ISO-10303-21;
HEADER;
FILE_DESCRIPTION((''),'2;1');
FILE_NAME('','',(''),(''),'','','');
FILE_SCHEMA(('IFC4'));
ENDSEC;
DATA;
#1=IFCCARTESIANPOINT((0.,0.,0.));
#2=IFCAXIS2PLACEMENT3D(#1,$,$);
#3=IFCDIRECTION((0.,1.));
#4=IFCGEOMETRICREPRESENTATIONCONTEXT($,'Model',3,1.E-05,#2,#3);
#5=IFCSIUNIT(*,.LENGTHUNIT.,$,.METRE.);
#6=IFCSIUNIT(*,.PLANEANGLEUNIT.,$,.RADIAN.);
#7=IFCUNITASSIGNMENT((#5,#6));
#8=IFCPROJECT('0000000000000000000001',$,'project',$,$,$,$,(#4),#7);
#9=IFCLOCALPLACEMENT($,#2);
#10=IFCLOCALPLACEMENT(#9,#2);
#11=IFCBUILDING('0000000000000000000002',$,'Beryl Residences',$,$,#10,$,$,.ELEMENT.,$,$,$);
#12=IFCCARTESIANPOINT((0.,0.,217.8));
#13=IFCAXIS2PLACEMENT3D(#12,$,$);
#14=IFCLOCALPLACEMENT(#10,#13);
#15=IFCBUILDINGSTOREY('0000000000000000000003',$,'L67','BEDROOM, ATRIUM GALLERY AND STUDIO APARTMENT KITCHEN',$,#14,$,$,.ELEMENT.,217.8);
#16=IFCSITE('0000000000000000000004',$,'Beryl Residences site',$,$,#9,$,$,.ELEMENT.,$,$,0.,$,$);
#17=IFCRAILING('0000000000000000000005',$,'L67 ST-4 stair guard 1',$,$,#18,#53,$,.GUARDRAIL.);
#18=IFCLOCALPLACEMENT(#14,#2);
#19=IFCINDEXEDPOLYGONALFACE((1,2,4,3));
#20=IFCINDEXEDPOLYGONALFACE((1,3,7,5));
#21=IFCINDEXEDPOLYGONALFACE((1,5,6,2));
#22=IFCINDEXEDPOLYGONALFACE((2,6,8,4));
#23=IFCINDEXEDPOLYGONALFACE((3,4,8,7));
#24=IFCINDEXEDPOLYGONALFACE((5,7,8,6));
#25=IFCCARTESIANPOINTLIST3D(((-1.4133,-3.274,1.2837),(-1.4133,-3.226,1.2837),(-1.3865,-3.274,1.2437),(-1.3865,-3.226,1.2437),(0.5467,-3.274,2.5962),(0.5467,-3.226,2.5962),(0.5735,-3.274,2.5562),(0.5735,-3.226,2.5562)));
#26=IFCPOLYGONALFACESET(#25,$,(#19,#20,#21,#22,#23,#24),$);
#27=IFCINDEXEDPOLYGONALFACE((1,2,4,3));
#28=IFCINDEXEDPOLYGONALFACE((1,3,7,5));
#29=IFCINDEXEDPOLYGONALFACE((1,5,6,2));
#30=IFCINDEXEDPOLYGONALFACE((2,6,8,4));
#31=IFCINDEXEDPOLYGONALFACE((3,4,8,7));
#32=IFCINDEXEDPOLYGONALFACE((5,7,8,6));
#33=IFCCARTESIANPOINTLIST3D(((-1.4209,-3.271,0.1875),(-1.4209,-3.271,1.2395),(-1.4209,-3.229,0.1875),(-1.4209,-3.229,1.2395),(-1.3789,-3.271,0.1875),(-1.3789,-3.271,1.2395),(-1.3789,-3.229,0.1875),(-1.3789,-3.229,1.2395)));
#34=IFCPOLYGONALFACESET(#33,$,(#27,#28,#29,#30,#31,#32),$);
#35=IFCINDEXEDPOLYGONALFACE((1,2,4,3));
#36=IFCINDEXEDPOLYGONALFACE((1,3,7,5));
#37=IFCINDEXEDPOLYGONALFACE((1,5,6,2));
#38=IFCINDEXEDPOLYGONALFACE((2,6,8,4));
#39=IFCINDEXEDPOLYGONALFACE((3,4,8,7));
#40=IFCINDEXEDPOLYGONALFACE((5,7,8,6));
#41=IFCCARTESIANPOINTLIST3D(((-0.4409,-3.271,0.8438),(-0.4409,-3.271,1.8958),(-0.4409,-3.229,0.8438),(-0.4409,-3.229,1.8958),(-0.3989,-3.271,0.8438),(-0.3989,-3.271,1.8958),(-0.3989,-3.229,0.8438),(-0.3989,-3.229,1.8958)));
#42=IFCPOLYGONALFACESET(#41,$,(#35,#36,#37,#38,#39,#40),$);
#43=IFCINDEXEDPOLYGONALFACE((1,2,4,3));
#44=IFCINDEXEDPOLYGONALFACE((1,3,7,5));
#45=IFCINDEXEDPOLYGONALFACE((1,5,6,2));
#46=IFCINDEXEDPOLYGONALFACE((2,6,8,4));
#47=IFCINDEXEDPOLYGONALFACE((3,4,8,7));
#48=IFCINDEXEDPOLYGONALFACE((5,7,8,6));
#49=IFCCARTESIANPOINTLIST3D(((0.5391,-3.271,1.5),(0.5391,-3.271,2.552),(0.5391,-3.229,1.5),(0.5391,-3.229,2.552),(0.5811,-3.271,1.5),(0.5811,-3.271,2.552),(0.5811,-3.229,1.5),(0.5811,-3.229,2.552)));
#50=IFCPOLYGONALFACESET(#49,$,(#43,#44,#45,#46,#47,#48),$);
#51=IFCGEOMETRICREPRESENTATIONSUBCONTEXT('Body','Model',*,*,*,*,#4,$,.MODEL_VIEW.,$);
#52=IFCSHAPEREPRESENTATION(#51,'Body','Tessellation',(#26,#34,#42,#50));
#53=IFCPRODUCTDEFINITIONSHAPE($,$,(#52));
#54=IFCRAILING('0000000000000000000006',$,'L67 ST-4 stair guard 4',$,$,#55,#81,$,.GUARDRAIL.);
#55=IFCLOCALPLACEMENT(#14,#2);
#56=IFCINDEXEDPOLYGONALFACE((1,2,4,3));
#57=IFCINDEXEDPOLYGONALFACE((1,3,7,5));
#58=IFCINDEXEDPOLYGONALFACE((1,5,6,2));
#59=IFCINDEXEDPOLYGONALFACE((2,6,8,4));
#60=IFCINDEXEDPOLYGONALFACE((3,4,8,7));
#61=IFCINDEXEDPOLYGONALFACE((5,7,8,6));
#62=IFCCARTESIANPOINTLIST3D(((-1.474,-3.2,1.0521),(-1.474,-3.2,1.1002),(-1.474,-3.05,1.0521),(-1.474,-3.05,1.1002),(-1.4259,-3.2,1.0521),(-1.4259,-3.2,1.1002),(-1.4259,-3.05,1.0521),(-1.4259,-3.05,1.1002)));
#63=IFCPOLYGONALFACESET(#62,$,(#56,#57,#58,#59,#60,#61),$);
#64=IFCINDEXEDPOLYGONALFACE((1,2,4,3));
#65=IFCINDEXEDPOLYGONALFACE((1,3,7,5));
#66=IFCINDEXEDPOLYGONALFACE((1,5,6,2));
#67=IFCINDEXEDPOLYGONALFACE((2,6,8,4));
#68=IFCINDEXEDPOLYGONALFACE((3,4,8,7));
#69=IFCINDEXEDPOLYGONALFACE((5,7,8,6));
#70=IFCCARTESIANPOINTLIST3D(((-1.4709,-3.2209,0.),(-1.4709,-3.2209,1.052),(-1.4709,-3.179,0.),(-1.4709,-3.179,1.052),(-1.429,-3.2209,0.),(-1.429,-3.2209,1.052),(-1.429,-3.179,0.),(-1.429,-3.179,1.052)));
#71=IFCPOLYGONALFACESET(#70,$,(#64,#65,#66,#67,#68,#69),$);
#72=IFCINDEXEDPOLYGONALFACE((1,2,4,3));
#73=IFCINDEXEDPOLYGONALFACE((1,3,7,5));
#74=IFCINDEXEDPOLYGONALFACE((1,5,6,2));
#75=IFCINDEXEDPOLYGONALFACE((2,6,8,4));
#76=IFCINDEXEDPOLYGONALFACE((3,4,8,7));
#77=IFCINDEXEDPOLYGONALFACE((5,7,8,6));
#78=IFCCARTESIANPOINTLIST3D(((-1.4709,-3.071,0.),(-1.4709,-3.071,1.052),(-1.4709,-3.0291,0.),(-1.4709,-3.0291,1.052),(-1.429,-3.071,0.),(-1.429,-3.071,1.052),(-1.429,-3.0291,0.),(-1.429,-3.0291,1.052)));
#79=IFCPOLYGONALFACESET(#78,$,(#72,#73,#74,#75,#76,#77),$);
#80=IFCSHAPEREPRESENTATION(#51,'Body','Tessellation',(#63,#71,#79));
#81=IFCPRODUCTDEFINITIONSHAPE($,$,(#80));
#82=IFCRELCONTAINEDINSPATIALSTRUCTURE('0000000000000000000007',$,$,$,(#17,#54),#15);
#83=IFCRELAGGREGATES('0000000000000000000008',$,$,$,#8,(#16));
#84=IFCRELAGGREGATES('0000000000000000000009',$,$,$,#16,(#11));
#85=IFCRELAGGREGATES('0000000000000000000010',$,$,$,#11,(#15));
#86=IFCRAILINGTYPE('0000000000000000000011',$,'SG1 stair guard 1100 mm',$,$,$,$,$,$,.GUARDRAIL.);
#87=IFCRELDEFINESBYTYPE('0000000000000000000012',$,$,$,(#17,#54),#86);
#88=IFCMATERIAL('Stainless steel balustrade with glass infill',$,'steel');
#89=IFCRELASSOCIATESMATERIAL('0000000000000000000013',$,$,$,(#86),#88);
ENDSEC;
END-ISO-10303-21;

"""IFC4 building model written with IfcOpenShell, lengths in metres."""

from ifc_helpers import new_model, si_unit, direction, frame, origin, origin_2d, place, context, subcontext, project, spatial, rectangle, extrude, material, type_object, element, save


model = new_model("IFC4")

# Units and contexts
model_context = context("Model", 3, precision=1e-05, world=origin(), true_north=direction((0.0, 1.0)))
body_context = subcontext(model_context, "Body", "Model", "MODEL_VIEW")
ifc_project = project(units=[si_unit("LENGTHUNIT", "METRE"), si_unit("PLANEANGLEUNIT", "RADIAN")], contexts=[model_context])

# Site, building, storey
site_placement = place(None, origin())
site = spatial("IfcSite", under=ifc_project, at=site_placement, Name="Beryl Residences site", CompositionType="ELEMENT", RefElevation=0.0)
building_placement = place(site_placement, origin())
building = spatial("IfcBuilding", under=site, at=building_placement, Name="Beryl Residences", CompositionType="ELEMENT")
storey_placement = place(building_placement, frame((0.0, 0.0, 217.8)))
storey = spatial("IfcBuildingStorey", under=building, at=storey_placement, Name="L67", Description="BEDROOM, ATRIUM GALLERY AND STUDIO APARTMENT KITCHEN", CompositionType="ELEMENT", Elevation=217.8)

# Railings
ifc_material_1 = material(Name="Stainless steel balustrade with glass infill", Category="steel")
railing_type = type_object("IfcRailingType", Name="SG1 stair guard 1100 mm", PredefinedType="GUARDRAIL", material=ifc_material_1)
railing_1_placement = place(storey_placement, frame((-1.3999, -3.25, 0.1875)))
element("IfcRailing", 1, at=railing_1_placement, inside=storey, type_object=railing_type, Name="L67 ST-4 stair guard 1", PredefinedType="GUARDRAIL", context=body_context, shape_type="SweptSolid", body=[
    extrude(rectangle(XDim=0.0481, YDim=0.0481, at=origin_2d()), frame((0.0, 0.0, 1.0762), z_axis=(0.830902, 0.0, 0.556419), x_axis=(0.0, 1.0, 0.0)), (0.0, 0.0, 1.0), 2.3589),
    extrude(rectangle(XDim=0.042, YDim=0.042, at=origin_2d()), origin(), (0.0, 0.0, 1.0), 1.052),
    extrude(rectangle(XDim=0.042, YDim=0.042, at=origin_2d()), frame((0.98, 0.0, 0.6562)), (0.0, 0.0, 1.0), 1.052),
    extrude(rectangle(XDim=0.042, YDim=0.042, at=origin_2d()), frame((1.96, 0.0, 1.3125)), (0.0, 0.0, 1.0), 1.052),
])
railing_2_placement = place(storey_placement, frame((-1.45, -3.2, 0.0)))
element("IfcRailing", 2, at=railing_2_placement, inside=storey, type_object=railing_type, Name="L67 ST-4 stair guard 4", PredefinedType="GUARDRAIL", context=body_context, shape_type="SweptSolid", body=[
    extrude(rectangle(XDim=0.0481, YDim=0.0481, at=origin_2d()), frame((0.0, 0.0, 1.0762), z_axis=(0.0, 1.0, 0.0), x_axis=(-1.0, 0.0, 0.0)), (0.0, 0.0, 1.0), 0.1499),
    extrude(rectangle(XDim=0.042, YDim=0.042, at=origin_2d()), origin(), (0.0, 0.0, 1.0), 1.052),
    extrude(rectangle(XDim=0.042, YDim=0.042, at=origin_2d()), frame((0.0, 0.1499, 0.0)), (0.0, 0.0, 1.0), 1.052),
])

save(model, "model.ifc")
